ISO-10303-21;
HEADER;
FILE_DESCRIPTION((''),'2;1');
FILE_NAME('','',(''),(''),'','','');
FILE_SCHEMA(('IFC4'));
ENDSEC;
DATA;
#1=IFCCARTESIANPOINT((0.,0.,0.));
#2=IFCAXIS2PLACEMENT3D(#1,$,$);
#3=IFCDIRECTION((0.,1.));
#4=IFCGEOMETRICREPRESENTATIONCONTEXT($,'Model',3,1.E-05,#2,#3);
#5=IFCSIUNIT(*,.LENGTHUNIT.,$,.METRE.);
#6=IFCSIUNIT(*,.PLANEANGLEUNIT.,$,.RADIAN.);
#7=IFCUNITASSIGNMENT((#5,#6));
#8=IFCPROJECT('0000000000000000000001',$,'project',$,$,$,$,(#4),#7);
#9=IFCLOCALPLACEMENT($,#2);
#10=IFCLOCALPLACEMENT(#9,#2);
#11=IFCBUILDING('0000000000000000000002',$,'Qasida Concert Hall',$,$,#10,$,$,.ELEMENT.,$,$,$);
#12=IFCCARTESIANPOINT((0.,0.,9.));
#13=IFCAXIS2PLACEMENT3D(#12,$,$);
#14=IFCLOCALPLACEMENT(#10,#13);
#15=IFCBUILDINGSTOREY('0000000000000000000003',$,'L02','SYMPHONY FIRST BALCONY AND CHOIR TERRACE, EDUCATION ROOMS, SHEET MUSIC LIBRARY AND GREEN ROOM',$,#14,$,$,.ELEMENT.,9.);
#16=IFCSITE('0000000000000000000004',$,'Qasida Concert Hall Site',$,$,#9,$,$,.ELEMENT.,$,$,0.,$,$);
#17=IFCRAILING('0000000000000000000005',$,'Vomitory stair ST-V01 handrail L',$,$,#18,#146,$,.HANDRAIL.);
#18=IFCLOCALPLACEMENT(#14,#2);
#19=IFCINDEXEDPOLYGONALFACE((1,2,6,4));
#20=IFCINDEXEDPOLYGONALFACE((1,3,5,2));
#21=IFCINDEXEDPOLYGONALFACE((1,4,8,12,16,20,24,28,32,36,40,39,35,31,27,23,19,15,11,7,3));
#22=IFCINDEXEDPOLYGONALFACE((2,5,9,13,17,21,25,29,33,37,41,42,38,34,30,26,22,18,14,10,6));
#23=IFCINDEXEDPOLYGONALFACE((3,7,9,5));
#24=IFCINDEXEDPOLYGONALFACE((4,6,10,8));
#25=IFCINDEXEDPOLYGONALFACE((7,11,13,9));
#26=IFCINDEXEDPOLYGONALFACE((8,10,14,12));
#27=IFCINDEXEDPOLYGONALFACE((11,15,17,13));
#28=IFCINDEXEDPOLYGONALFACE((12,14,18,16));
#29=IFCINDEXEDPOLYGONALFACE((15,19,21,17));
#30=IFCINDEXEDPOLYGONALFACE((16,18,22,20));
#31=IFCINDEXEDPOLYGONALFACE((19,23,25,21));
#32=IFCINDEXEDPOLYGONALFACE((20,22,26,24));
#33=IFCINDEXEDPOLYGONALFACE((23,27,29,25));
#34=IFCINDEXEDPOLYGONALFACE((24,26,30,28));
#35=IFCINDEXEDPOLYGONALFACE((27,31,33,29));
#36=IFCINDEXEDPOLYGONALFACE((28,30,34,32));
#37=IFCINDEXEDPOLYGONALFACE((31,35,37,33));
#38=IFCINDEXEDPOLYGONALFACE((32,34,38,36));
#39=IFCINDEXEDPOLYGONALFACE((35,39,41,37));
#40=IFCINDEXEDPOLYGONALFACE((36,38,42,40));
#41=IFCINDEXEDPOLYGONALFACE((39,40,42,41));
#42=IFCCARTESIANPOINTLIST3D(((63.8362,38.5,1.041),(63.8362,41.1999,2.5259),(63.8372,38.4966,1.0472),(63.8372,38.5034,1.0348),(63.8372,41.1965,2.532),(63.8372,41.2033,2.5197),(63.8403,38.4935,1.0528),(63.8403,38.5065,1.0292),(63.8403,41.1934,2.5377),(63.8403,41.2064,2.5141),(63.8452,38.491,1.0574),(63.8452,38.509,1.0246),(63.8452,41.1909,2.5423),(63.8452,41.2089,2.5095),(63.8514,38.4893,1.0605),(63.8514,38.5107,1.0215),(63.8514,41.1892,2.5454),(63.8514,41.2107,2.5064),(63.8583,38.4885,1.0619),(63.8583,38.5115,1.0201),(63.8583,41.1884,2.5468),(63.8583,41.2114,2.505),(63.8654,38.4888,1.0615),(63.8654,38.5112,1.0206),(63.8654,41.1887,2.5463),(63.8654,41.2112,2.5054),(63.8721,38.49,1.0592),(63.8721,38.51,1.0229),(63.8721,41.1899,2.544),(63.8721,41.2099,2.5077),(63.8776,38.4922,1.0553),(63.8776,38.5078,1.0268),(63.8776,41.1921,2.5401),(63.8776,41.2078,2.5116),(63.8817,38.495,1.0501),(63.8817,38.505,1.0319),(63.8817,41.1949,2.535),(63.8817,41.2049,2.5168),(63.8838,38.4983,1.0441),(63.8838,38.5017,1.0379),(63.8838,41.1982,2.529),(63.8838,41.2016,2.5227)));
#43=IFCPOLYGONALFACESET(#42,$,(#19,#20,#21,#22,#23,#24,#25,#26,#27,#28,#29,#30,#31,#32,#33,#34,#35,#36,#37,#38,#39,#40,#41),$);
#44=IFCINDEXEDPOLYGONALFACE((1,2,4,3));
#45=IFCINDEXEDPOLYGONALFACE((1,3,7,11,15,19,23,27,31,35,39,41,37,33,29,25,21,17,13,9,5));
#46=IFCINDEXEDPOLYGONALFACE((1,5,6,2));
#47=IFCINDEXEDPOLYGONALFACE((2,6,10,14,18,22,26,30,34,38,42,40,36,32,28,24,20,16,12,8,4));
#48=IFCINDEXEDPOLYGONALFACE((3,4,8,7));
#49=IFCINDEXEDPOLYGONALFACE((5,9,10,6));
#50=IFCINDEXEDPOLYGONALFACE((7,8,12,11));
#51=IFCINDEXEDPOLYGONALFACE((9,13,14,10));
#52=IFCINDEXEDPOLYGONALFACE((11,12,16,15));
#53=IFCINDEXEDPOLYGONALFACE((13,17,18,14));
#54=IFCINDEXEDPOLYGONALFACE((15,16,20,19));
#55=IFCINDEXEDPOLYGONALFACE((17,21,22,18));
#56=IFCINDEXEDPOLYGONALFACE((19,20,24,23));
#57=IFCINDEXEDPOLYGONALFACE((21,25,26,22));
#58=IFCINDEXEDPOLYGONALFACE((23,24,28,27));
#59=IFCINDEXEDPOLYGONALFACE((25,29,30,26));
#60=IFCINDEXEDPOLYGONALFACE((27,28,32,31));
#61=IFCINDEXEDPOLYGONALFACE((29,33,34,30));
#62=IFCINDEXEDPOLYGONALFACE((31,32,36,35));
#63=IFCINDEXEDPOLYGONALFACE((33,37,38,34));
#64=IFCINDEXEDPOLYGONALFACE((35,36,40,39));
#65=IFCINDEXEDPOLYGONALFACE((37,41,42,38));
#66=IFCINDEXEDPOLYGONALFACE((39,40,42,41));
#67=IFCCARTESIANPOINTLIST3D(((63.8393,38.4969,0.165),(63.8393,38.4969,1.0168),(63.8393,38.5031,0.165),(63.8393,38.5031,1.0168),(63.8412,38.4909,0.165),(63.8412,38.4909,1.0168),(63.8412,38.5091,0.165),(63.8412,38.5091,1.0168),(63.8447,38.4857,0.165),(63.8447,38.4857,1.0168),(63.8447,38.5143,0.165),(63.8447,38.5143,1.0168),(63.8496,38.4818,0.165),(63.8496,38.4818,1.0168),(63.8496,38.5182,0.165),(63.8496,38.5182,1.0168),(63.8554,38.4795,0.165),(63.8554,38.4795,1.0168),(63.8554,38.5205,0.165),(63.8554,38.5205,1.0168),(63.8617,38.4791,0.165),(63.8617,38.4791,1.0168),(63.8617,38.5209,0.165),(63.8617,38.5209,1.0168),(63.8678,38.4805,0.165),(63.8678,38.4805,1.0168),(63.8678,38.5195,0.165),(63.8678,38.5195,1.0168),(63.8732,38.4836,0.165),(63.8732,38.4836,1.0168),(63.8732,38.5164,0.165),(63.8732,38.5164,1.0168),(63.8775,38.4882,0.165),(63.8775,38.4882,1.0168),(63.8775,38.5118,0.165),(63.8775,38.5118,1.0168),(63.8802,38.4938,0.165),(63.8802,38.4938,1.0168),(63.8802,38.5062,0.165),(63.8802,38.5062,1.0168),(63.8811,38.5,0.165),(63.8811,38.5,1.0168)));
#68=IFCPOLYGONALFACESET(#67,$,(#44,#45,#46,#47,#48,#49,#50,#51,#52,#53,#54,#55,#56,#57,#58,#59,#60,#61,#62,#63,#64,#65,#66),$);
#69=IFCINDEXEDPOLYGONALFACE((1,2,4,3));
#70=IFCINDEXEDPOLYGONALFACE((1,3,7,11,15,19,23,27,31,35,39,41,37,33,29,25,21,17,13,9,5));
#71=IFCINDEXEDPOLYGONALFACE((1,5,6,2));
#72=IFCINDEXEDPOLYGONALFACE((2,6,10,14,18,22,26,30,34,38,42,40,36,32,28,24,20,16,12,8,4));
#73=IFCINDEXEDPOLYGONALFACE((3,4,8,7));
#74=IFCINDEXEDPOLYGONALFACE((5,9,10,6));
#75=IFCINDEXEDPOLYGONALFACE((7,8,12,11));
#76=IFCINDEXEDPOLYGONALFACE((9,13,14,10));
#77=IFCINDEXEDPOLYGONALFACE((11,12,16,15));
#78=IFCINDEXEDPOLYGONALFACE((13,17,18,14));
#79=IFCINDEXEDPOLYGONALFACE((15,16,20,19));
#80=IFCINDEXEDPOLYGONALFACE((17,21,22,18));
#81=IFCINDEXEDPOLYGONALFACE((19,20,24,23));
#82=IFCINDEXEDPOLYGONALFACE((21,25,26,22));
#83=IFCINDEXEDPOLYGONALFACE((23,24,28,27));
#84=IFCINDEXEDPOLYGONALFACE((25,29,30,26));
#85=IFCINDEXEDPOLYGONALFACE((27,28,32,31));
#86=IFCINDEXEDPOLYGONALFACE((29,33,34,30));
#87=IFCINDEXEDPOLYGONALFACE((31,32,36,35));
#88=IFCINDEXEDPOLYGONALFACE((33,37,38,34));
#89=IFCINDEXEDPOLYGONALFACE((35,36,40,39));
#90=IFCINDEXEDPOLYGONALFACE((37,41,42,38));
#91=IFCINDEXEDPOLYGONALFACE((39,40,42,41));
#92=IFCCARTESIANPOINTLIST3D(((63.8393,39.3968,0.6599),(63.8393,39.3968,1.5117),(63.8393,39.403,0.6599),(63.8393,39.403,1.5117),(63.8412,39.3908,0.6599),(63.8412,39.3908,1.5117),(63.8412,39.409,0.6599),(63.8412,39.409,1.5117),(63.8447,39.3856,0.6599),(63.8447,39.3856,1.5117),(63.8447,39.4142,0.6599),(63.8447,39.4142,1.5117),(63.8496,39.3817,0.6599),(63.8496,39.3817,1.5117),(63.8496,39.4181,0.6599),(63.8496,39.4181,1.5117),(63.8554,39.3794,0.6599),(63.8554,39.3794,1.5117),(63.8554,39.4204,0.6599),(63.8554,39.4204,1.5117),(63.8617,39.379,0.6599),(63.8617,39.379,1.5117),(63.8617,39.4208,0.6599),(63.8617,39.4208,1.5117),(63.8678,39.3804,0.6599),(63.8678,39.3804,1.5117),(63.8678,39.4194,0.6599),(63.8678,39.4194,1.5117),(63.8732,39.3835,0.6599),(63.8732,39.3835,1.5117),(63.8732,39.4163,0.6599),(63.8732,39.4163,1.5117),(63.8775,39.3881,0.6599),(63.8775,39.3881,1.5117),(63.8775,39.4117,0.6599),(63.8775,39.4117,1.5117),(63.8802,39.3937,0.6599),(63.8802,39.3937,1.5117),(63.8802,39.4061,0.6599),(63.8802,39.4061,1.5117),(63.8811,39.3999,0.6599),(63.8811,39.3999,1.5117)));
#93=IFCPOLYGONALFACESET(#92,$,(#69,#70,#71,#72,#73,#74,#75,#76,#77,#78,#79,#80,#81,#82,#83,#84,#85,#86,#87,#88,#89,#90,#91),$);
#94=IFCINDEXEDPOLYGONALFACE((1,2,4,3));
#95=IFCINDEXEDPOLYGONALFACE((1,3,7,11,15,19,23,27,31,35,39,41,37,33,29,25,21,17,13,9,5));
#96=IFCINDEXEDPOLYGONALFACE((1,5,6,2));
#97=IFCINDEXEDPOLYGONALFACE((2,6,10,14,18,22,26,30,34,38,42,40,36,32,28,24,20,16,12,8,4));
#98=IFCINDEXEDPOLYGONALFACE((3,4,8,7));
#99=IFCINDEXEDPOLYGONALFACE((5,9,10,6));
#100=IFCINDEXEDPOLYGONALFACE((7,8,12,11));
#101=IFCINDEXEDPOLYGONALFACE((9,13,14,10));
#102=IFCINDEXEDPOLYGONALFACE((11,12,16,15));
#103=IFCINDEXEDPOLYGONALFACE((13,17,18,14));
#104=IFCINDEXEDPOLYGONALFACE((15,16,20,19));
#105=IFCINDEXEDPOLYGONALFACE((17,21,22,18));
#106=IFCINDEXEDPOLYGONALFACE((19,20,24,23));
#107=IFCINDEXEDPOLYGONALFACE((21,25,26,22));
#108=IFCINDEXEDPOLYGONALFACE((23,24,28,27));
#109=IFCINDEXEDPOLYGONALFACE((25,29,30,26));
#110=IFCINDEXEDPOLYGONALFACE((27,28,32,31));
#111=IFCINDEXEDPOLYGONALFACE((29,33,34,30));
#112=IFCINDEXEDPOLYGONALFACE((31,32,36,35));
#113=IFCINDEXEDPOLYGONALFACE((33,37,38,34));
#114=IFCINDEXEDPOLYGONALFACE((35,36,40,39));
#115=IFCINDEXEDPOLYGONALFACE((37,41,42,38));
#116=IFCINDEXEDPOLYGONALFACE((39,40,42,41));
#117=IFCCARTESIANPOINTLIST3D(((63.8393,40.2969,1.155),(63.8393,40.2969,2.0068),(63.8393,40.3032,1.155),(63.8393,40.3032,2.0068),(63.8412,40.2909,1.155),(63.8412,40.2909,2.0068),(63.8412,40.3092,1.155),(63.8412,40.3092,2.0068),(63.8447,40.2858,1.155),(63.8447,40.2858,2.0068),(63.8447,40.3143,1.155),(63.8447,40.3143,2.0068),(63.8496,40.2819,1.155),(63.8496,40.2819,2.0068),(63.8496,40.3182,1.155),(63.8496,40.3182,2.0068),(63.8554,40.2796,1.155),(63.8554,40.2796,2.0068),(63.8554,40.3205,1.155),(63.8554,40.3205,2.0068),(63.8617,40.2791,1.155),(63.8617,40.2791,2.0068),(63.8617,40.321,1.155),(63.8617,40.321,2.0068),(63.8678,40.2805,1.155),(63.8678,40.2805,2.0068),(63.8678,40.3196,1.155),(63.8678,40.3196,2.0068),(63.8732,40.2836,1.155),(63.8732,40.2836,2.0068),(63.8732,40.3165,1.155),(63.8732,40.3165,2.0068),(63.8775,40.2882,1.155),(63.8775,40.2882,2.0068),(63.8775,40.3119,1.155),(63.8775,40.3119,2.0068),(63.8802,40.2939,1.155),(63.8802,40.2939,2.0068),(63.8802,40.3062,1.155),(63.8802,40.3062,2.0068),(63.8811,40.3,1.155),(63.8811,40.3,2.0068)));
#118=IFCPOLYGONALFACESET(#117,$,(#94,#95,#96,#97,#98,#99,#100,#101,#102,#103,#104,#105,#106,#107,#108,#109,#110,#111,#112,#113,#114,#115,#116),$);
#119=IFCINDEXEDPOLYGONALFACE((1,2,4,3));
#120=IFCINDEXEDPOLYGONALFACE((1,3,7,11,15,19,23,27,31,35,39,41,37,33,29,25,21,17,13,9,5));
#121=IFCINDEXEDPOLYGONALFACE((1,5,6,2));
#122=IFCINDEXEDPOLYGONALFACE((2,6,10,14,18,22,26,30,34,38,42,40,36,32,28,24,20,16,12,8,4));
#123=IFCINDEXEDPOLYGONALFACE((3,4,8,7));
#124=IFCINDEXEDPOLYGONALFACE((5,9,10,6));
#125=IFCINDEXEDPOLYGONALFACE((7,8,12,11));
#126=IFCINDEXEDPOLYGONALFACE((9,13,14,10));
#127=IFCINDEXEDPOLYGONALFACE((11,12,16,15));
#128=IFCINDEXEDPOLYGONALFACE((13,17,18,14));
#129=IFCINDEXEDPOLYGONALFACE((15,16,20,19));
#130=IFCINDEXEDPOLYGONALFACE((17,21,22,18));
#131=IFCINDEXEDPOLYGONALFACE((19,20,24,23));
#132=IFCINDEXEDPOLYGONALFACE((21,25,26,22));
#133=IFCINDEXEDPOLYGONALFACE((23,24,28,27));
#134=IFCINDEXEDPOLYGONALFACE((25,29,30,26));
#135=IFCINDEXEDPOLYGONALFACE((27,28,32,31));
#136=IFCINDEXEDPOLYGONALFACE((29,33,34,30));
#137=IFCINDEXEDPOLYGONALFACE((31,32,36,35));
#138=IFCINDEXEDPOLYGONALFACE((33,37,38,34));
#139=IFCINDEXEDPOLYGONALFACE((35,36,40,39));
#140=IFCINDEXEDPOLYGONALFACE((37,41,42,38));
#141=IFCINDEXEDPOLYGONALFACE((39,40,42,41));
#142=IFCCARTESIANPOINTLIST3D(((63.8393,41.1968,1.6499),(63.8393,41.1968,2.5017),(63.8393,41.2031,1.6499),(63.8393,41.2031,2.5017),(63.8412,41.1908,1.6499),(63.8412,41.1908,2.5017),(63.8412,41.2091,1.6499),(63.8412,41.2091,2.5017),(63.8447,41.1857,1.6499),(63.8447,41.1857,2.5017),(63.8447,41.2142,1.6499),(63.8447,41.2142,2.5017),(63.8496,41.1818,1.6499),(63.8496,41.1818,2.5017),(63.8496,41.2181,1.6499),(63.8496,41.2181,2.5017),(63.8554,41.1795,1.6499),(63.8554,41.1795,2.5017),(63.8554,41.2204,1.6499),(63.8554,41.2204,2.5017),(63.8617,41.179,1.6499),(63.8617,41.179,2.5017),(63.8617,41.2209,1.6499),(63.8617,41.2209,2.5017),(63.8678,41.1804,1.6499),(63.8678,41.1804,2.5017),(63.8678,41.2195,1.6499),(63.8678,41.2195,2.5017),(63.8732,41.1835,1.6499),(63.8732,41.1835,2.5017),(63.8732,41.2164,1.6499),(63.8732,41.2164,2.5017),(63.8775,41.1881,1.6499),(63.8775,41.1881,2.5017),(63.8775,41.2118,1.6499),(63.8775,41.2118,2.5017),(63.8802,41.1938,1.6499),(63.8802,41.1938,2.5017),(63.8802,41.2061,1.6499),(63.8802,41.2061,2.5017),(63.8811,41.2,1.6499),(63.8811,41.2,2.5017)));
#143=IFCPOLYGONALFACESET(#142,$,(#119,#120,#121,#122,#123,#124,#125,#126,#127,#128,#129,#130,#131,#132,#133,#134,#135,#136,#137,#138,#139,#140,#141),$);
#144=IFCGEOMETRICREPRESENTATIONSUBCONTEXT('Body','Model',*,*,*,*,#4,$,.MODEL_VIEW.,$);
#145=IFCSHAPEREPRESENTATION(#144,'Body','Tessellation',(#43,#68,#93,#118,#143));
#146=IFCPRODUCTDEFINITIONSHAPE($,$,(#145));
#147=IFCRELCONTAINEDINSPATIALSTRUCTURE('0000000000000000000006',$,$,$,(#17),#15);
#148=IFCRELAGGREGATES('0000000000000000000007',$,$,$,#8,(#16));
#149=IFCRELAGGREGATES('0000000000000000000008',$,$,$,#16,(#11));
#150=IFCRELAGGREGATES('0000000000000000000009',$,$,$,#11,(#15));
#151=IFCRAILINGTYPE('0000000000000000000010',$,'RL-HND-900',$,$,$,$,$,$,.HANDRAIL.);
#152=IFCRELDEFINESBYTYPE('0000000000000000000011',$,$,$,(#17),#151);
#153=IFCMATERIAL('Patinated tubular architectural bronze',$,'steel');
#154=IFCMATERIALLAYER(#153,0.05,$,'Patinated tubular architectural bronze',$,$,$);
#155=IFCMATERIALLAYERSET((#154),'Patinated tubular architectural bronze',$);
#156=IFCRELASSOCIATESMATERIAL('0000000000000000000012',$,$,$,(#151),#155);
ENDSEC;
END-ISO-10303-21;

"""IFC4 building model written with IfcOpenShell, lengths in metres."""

from ifc_helpers import new_model, si_unit, direction, frame, origin, origin_2d, place, context, subcontext, project, spatial, circle, extrude, material, layer, layer_set, type_object, element, save


model = new_model("IFC4")

# Units and contexts
model_context = context("Model", 3, precision=1e-05, world=origin(), true_north=direction((0.0, 1.0)))
body_context = subcontext(model_context, "Body", "Model", "MODEL_VIEW")
ifc_project = project(units=[si_unit("LENGTHUNIT", "METRE"), si_unit("PLANEANGLEUNIT", "RADIAN")], contexts=[model_context])

# Site, building, storey
site_placement = place(None, origin())
site = spatial("IfcSite", under=ifc_project, at=site_placement, Name="Qasida Concert Hall Site", CompositionType="ELEMENT", RefElevation=0.0)
building_placement = place(site_placement, origin())
building = spatial("IfcBuilding", under=site, at=building_placement, Name="Qasida Concert Hall", CompositionType="ELEMENT")
storey_placement = place(building_placement, frame((0.0, 0.0, 9.0)))
storey = spatial("IfcBuildingStorey", under=building, at=storey_placement, Name="L02", Description="SYMPHONY FIRST BALCONY AND CHOIR TERRACE, EDUCATION ROOMS, SHEET MUSIC LIBRARY AND GREEN ROOM", CompositionType="ELEMENT", Elevation=9.0)

# Railing
ifc_material_1 = material(Name="Patinated tubular architectural bronze", Category="steel")
ifc_layer_1 = layer(ifc_material_1, 0.05, Name="Patinated tubular architectural bronze")
ifc_layer_set_1 = layer_set([ifc_layer_1], Name="Patinated tubular architectural bronze")
railing_type_1 = type_object("IfcRailingType", Name="RL-HND-900", PredefinedType="HANDRAIL", material=ifc_layer_set_1)
for number, where, name in (
    (1, (63.8601, 38.5, 0.165), "Vomitory stair ST-V01 handrail L"),
):
    element("IfcRailing", number, at=place(storey_placement, frame(where)), inside=storey, type_object=railing_type_1, Name=name, PredefinedType="HANDRAIL", context=body_context, shape_type="SweptSolid", body=[
        extrude(circle(Radius=0.0239, at=origin_2d()), frame((0.0, 0.0, 0.876), z_axis=(0.0, 0.876231, 0.481891), x_axis=(-1.0, 0.0, 0.0)), (0.0, 0.0, 1.0), 3.0813),
        extrude(circle(Radius=0.021, at=origin_2d()), origin(), (0.0, 0.0, 1.0), 0.8518),
        extrude(circle(Radius=0.021, at=origin_2d()), frame((0.0, 0.8999, 0.4949)), (0.0, 0.0, 1.0), 0.8518),
        extrude(circle(Radius=0.021, at=origin_2d()), frame((0.0, 1.8, 0.99)), (0.0, 0.0, 1.0), 0.8518),
        extrude(circle(Radius=0.021, at=origin_2d()), frame((0.0, 2.7, 1.4849)), (0.0, 0.0, 1.0), 0.8518),
    ])

save(model, "model.ifc")
